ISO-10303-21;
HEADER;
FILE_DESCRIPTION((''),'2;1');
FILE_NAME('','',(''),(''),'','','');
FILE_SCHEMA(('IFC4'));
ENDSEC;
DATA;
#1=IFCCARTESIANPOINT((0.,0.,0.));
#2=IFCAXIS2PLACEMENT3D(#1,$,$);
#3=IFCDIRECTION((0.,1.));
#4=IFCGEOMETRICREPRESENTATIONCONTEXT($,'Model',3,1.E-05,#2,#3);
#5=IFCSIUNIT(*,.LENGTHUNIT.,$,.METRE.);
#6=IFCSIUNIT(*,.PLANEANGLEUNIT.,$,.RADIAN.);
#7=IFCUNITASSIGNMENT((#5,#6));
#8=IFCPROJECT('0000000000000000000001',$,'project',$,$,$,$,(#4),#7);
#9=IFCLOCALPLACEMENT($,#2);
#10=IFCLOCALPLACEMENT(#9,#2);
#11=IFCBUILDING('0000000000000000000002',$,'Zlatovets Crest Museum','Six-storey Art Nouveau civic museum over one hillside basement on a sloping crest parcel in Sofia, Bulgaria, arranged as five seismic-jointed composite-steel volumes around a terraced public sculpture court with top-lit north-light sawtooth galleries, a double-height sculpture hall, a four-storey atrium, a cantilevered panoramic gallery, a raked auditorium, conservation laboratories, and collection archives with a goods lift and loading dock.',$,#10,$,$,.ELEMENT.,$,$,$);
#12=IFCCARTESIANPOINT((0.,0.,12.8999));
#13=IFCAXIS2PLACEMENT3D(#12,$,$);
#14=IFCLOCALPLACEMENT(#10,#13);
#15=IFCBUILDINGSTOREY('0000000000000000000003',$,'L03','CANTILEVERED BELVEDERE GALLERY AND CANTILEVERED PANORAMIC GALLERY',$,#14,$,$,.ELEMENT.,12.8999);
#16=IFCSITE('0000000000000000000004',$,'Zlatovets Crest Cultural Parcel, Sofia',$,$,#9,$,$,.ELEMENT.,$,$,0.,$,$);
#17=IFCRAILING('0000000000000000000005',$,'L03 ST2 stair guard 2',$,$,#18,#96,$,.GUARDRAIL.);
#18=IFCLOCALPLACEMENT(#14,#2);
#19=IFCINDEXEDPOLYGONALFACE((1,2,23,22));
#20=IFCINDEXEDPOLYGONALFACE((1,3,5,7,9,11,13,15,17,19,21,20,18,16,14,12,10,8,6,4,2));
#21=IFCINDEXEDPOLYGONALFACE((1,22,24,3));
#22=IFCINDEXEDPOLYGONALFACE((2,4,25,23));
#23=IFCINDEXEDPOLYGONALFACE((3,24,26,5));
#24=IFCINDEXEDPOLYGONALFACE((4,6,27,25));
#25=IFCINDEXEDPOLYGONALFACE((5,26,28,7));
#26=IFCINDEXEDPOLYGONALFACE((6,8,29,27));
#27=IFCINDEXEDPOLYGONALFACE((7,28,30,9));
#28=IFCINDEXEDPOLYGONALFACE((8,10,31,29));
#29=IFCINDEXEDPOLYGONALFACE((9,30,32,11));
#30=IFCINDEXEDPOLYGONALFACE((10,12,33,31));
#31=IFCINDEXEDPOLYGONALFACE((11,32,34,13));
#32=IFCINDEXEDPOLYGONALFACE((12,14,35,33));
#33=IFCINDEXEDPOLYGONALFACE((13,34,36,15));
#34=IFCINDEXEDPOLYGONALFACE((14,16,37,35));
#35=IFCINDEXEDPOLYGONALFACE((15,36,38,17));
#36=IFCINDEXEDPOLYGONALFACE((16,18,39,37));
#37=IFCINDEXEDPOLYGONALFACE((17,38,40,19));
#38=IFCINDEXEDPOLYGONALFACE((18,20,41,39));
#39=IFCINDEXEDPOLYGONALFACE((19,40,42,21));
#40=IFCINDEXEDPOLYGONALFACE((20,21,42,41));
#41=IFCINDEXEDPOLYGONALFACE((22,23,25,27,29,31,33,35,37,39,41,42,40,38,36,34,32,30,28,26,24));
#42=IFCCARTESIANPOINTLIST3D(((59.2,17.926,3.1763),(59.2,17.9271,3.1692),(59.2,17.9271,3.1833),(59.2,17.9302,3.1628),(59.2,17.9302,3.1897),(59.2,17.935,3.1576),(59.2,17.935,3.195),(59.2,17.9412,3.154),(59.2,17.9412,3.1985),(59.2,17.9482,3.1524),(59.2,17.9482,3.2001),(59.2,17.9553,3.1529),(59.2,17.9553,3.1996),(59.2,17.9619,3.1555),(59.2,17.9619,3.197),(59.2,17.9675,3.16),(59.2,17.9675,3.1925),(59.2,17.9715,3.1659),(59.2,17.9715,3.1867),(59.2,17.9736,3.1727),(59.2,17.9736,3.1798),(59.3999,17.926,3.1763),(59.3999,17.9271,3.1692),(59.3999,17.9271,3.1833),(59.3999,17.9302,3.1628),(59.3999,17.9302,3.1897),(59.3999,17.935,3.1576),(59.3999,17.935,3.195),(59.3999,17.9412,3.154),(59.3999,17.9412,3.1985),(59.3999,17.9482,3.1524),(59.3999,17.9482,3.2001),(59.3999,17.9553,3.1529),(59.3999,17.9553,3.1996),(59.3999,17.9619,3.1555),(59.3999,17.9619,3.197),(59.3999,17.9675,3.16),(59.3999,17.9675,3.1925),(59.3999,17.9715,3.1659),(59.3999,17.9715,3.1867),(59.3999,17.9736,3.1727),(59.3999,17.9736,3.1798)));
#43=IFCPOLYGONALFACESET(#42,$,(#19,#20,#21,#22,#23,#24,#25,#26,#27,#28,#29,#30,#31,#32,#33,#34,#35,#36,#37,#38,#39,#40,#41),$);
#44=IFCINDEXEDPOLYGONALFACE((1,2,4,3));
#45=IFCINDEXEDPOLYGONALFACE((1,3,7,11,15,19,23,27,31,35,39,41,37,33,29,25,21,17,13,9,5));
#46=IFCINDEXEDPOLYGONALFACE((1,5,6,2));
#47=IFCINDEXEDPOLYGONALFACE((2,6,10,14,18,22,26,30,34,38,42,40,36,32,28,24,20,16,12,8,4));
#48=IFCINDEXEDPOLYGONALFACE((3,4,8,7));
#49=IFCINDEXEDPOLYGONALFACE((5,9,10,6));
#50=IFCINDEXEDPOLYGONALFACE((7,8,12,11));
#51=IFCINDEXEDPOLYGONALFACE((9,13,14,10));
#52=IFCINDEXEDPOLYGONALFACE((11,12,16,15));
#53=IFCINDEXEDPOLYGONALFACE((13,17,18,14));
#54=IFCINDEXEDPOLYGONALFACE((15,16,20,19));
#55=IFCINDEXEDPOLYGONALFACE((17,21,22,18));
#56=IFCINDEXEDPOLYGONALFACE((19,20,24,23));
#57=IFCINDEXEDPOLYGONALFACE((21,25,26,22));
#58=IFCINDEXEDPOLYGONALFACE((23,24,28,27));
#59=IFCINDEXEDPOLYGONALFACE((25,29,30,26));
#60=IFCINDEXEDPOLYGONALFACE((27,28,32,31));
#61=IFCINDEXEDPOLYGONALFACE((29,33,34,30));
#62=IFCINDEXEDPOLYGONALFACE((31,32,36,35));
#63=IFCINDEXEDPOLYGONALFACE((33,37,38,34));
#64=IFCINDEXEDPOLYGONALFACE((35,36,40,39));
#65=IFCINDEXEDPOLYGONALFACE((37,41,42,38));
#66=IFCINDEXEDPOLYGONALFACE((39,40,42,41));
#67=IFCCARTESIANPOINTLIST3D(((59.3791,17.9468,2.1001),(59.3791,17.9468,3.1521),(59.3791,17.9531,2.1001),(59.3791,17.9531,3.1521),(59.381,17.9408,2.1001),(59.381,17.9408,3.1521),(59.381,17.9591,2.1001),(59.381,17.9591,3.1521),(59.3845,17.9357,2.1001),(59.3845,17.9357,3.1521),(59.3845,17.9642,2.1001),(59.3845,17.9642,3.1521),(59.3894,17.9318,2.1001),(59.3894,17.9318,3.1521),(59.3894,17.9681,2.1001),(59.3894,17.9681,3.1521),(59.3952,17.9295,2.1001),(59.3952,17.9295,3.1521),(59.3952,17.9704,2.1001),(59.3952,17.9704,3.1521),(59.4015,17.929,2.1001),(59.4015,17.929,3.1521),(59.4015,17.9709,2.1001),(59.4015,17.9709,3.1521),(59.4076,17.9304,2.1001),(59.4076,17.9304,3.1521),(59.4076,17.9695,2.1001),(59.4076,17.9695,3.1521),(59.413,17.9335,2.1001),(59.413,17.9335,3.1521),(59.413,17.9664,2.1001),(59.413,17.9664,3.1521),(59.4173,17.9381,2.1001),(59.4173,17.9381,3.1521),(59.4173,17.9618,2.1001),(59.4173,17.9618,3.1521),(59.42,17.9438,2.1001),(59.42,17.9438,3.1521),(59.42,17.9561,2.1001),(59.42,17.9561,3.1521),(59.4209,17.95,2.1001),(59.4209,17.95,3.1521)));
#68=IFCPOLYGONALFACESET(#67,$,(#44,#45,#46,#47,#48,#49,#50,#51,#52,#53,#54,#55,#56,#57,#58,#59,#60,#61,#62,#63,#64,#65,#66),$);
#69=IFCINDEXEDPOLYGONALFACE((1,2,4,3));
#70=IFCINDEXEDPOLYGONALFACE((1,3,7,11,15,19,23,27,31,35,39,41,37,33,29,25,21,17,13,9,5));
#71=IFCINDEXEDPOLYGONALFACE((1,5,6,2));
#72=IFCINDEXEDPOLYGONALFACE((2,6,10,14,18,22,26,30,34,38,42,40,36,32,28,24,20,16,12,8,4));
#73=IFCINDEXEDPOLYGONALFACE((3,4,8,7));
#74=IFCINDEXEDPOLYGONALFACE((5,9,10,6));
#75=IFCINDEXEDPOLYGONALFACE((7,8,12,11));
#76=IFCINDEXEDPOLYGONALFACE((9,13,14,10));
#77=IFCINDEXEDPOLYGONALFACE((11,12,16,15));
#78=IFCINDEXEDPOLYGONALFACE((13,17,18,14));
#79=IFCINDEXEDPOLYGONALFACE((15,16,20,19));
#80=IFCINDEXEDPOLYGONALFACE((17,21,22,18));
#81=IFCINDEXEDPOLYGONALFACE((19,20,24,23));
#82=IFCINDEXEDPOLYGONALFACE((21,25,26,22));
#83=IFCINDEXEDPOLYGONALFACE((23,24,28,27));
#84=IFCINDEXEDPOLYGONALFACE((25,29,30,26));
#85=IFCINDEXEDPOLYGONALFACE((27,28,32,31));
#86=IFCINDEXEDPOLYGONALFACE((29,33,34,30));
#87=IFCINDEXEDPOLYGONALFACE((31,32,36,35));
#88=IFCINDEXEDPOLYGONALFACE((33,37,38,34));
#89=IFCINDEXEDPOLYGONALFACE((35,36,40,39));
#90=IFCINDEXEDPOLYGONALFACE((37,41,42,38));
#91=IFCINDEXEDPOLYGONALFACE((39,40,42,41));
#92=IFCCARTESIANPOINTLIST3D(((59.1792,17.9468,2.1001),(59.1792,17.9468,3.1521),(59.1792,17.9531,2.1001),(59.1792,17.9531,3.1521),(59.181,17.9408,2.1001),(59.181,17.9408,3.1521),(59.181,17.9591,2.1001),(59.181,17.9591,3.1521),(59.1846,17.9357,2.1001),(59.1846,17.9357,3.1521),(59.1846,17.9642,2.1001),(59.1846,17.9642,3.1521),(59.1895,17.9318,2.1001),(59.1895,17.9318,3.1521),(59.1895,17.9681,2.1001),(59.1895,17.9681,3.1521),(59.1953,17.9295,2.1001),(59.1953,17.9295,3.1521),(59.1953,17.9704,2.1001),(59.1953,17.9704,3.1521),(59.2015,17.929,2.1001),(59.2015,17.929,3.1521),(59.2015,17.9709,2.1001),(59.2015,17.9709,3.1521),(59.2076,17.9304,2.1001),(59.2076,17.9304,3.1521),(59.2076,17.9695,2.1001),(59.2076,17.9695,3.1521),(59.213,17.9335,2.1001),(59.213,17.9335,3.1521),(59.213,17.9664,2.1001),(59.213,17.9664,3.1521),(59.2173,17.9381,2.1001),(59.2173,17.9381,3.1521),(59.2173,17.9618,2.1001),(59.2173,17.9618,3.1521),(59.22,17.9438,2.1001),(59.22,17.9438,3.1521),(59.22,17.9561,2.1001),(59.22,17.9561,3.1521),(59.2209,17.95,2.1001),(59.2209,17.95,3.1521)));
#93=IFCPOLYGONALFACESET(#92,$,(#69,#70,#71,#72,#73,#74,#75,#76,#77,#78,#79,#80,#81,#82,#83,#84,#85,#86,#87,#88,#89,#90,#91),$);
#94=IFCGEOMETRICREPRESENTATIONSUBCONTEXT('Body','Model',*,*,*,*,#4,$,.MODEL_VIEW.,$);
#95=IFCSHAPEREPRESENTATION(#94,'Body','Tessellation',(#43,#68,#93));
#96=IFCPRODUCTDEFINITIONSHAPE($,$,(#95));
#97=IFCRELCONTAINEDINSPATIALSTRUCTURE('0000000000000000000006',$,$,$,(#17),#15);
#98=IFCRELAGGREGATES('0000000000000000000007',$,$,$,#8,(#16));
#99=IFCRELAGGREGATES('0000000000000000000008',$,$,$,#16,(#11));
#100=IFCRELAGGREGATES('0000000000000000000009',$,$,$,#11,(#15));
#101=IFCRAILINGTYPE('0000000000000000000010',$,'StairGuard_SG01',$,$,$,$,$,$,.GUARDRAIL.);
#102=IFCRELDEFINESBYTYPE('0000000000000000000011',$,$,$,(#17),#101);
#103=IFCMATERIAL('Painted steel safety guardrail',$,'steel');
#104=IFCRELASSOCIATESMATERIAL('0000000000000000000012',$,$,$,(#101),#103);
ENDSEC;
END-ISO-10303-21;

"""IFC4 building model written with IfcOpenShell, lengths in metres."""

from ifc_helpers import new_model, si_unit, direction, frame, origin, origin_2d, place, context, subcontext, project, spatial, circle, extrude, material, type_object, element, save


model = new_model("IFC4")

# Units and contexts
model_context = context("Model", 3, precision=1e-05, world=origin(), true_north=direction((0.0, 1.0)))
body_context = subcontext(model_context, "Body", "Model", "MODEL_VIEW")
ifc_project = project(units=[si_unit("LENGTHUNIT", "METRE"), si_unit("PLANEANGLEUNIT", "RADIAN")], contexts=[model_context])

# Site, building, storey
site_placement = place(None, origin())
site = spatial("IfcSite", under=ifc_project, at=site_placement, Name="Zlatovets Crest Cultural Parcel, Sofia", CompositionType="ELEMENT", RefElevation=0.0)
building_placement = place(site_placement, origin())
building = spatial("IfcBuilding", under=site, at=building_placement, Name="Zlatovets Crest Museum", Description="Six-storey Art Nouveau civic museum over one hillside basement on a sloping crest parcel in Sofia, Bulgaria, arranged as five seismic-jointed composite-steel volumes around a terraced public sculpture court with top-lit north-light sawtooth galleries, a double-height sculpture hall, a four-storey atrium, a cantilevered panoramic gallery, a raked auditorium, conservation laboratories, and collection archives with a goods lift and loading dock.", CompositionType="ELEMENT")
storey_placement = place(building_placement, frame((0.0, 0.0, 12.8999)))
storey = spatial("IfcBuildingStorey", under=building, at=storey_placement, Name="L03", Description="CANTILEVERED BELVEDERE GALLERY AND CANTILEVERED PANORAMIC GALLERY", CompositionType="ELEMENT", Elevation=12.8999)

# Railing
ifc_material_1 = material(Name="Painted steel safety guardrail", Category="steel")
railing_type_1 = type_object("IfcRailingType", Name="StairGuard_SG01", PredefinedType="GUARDRAIL", material=ifc_material_1)
railing_1_placement = place(storey_placement, frame((59.3999, 17.95, 2.1001)))
element("IfcRailing", 1, at=railing_1_placement, inside=storey, type_object=railing_type_1, Name="L03 ST2 stair guard 2", PredefinedType="GUARDRAIL", context=body_context, shape_type="SweptSolid", body=[
    extrude(circle(Radius=0.0239, at=origin_2d()), frame((0.0, 0.0, 1.0762), z_axis=(-1.0, 0.0, 0.0), x_axis=(0.0, -1.0, 0.0)), (0.0, 0.0, 1.0), 0.2),
    extrude(circle(Radius=0.021, at=origin_2d()), origin(), (0.0, 0.0, 1.0), 1.052),
    extrude(circle(Radius=0.021, at=origin_2d()), frame((-0.2, 0.0, 0.0)), (0.0, 0.0, 1.0), 1.052),
])

save(model, "model.ifc")
